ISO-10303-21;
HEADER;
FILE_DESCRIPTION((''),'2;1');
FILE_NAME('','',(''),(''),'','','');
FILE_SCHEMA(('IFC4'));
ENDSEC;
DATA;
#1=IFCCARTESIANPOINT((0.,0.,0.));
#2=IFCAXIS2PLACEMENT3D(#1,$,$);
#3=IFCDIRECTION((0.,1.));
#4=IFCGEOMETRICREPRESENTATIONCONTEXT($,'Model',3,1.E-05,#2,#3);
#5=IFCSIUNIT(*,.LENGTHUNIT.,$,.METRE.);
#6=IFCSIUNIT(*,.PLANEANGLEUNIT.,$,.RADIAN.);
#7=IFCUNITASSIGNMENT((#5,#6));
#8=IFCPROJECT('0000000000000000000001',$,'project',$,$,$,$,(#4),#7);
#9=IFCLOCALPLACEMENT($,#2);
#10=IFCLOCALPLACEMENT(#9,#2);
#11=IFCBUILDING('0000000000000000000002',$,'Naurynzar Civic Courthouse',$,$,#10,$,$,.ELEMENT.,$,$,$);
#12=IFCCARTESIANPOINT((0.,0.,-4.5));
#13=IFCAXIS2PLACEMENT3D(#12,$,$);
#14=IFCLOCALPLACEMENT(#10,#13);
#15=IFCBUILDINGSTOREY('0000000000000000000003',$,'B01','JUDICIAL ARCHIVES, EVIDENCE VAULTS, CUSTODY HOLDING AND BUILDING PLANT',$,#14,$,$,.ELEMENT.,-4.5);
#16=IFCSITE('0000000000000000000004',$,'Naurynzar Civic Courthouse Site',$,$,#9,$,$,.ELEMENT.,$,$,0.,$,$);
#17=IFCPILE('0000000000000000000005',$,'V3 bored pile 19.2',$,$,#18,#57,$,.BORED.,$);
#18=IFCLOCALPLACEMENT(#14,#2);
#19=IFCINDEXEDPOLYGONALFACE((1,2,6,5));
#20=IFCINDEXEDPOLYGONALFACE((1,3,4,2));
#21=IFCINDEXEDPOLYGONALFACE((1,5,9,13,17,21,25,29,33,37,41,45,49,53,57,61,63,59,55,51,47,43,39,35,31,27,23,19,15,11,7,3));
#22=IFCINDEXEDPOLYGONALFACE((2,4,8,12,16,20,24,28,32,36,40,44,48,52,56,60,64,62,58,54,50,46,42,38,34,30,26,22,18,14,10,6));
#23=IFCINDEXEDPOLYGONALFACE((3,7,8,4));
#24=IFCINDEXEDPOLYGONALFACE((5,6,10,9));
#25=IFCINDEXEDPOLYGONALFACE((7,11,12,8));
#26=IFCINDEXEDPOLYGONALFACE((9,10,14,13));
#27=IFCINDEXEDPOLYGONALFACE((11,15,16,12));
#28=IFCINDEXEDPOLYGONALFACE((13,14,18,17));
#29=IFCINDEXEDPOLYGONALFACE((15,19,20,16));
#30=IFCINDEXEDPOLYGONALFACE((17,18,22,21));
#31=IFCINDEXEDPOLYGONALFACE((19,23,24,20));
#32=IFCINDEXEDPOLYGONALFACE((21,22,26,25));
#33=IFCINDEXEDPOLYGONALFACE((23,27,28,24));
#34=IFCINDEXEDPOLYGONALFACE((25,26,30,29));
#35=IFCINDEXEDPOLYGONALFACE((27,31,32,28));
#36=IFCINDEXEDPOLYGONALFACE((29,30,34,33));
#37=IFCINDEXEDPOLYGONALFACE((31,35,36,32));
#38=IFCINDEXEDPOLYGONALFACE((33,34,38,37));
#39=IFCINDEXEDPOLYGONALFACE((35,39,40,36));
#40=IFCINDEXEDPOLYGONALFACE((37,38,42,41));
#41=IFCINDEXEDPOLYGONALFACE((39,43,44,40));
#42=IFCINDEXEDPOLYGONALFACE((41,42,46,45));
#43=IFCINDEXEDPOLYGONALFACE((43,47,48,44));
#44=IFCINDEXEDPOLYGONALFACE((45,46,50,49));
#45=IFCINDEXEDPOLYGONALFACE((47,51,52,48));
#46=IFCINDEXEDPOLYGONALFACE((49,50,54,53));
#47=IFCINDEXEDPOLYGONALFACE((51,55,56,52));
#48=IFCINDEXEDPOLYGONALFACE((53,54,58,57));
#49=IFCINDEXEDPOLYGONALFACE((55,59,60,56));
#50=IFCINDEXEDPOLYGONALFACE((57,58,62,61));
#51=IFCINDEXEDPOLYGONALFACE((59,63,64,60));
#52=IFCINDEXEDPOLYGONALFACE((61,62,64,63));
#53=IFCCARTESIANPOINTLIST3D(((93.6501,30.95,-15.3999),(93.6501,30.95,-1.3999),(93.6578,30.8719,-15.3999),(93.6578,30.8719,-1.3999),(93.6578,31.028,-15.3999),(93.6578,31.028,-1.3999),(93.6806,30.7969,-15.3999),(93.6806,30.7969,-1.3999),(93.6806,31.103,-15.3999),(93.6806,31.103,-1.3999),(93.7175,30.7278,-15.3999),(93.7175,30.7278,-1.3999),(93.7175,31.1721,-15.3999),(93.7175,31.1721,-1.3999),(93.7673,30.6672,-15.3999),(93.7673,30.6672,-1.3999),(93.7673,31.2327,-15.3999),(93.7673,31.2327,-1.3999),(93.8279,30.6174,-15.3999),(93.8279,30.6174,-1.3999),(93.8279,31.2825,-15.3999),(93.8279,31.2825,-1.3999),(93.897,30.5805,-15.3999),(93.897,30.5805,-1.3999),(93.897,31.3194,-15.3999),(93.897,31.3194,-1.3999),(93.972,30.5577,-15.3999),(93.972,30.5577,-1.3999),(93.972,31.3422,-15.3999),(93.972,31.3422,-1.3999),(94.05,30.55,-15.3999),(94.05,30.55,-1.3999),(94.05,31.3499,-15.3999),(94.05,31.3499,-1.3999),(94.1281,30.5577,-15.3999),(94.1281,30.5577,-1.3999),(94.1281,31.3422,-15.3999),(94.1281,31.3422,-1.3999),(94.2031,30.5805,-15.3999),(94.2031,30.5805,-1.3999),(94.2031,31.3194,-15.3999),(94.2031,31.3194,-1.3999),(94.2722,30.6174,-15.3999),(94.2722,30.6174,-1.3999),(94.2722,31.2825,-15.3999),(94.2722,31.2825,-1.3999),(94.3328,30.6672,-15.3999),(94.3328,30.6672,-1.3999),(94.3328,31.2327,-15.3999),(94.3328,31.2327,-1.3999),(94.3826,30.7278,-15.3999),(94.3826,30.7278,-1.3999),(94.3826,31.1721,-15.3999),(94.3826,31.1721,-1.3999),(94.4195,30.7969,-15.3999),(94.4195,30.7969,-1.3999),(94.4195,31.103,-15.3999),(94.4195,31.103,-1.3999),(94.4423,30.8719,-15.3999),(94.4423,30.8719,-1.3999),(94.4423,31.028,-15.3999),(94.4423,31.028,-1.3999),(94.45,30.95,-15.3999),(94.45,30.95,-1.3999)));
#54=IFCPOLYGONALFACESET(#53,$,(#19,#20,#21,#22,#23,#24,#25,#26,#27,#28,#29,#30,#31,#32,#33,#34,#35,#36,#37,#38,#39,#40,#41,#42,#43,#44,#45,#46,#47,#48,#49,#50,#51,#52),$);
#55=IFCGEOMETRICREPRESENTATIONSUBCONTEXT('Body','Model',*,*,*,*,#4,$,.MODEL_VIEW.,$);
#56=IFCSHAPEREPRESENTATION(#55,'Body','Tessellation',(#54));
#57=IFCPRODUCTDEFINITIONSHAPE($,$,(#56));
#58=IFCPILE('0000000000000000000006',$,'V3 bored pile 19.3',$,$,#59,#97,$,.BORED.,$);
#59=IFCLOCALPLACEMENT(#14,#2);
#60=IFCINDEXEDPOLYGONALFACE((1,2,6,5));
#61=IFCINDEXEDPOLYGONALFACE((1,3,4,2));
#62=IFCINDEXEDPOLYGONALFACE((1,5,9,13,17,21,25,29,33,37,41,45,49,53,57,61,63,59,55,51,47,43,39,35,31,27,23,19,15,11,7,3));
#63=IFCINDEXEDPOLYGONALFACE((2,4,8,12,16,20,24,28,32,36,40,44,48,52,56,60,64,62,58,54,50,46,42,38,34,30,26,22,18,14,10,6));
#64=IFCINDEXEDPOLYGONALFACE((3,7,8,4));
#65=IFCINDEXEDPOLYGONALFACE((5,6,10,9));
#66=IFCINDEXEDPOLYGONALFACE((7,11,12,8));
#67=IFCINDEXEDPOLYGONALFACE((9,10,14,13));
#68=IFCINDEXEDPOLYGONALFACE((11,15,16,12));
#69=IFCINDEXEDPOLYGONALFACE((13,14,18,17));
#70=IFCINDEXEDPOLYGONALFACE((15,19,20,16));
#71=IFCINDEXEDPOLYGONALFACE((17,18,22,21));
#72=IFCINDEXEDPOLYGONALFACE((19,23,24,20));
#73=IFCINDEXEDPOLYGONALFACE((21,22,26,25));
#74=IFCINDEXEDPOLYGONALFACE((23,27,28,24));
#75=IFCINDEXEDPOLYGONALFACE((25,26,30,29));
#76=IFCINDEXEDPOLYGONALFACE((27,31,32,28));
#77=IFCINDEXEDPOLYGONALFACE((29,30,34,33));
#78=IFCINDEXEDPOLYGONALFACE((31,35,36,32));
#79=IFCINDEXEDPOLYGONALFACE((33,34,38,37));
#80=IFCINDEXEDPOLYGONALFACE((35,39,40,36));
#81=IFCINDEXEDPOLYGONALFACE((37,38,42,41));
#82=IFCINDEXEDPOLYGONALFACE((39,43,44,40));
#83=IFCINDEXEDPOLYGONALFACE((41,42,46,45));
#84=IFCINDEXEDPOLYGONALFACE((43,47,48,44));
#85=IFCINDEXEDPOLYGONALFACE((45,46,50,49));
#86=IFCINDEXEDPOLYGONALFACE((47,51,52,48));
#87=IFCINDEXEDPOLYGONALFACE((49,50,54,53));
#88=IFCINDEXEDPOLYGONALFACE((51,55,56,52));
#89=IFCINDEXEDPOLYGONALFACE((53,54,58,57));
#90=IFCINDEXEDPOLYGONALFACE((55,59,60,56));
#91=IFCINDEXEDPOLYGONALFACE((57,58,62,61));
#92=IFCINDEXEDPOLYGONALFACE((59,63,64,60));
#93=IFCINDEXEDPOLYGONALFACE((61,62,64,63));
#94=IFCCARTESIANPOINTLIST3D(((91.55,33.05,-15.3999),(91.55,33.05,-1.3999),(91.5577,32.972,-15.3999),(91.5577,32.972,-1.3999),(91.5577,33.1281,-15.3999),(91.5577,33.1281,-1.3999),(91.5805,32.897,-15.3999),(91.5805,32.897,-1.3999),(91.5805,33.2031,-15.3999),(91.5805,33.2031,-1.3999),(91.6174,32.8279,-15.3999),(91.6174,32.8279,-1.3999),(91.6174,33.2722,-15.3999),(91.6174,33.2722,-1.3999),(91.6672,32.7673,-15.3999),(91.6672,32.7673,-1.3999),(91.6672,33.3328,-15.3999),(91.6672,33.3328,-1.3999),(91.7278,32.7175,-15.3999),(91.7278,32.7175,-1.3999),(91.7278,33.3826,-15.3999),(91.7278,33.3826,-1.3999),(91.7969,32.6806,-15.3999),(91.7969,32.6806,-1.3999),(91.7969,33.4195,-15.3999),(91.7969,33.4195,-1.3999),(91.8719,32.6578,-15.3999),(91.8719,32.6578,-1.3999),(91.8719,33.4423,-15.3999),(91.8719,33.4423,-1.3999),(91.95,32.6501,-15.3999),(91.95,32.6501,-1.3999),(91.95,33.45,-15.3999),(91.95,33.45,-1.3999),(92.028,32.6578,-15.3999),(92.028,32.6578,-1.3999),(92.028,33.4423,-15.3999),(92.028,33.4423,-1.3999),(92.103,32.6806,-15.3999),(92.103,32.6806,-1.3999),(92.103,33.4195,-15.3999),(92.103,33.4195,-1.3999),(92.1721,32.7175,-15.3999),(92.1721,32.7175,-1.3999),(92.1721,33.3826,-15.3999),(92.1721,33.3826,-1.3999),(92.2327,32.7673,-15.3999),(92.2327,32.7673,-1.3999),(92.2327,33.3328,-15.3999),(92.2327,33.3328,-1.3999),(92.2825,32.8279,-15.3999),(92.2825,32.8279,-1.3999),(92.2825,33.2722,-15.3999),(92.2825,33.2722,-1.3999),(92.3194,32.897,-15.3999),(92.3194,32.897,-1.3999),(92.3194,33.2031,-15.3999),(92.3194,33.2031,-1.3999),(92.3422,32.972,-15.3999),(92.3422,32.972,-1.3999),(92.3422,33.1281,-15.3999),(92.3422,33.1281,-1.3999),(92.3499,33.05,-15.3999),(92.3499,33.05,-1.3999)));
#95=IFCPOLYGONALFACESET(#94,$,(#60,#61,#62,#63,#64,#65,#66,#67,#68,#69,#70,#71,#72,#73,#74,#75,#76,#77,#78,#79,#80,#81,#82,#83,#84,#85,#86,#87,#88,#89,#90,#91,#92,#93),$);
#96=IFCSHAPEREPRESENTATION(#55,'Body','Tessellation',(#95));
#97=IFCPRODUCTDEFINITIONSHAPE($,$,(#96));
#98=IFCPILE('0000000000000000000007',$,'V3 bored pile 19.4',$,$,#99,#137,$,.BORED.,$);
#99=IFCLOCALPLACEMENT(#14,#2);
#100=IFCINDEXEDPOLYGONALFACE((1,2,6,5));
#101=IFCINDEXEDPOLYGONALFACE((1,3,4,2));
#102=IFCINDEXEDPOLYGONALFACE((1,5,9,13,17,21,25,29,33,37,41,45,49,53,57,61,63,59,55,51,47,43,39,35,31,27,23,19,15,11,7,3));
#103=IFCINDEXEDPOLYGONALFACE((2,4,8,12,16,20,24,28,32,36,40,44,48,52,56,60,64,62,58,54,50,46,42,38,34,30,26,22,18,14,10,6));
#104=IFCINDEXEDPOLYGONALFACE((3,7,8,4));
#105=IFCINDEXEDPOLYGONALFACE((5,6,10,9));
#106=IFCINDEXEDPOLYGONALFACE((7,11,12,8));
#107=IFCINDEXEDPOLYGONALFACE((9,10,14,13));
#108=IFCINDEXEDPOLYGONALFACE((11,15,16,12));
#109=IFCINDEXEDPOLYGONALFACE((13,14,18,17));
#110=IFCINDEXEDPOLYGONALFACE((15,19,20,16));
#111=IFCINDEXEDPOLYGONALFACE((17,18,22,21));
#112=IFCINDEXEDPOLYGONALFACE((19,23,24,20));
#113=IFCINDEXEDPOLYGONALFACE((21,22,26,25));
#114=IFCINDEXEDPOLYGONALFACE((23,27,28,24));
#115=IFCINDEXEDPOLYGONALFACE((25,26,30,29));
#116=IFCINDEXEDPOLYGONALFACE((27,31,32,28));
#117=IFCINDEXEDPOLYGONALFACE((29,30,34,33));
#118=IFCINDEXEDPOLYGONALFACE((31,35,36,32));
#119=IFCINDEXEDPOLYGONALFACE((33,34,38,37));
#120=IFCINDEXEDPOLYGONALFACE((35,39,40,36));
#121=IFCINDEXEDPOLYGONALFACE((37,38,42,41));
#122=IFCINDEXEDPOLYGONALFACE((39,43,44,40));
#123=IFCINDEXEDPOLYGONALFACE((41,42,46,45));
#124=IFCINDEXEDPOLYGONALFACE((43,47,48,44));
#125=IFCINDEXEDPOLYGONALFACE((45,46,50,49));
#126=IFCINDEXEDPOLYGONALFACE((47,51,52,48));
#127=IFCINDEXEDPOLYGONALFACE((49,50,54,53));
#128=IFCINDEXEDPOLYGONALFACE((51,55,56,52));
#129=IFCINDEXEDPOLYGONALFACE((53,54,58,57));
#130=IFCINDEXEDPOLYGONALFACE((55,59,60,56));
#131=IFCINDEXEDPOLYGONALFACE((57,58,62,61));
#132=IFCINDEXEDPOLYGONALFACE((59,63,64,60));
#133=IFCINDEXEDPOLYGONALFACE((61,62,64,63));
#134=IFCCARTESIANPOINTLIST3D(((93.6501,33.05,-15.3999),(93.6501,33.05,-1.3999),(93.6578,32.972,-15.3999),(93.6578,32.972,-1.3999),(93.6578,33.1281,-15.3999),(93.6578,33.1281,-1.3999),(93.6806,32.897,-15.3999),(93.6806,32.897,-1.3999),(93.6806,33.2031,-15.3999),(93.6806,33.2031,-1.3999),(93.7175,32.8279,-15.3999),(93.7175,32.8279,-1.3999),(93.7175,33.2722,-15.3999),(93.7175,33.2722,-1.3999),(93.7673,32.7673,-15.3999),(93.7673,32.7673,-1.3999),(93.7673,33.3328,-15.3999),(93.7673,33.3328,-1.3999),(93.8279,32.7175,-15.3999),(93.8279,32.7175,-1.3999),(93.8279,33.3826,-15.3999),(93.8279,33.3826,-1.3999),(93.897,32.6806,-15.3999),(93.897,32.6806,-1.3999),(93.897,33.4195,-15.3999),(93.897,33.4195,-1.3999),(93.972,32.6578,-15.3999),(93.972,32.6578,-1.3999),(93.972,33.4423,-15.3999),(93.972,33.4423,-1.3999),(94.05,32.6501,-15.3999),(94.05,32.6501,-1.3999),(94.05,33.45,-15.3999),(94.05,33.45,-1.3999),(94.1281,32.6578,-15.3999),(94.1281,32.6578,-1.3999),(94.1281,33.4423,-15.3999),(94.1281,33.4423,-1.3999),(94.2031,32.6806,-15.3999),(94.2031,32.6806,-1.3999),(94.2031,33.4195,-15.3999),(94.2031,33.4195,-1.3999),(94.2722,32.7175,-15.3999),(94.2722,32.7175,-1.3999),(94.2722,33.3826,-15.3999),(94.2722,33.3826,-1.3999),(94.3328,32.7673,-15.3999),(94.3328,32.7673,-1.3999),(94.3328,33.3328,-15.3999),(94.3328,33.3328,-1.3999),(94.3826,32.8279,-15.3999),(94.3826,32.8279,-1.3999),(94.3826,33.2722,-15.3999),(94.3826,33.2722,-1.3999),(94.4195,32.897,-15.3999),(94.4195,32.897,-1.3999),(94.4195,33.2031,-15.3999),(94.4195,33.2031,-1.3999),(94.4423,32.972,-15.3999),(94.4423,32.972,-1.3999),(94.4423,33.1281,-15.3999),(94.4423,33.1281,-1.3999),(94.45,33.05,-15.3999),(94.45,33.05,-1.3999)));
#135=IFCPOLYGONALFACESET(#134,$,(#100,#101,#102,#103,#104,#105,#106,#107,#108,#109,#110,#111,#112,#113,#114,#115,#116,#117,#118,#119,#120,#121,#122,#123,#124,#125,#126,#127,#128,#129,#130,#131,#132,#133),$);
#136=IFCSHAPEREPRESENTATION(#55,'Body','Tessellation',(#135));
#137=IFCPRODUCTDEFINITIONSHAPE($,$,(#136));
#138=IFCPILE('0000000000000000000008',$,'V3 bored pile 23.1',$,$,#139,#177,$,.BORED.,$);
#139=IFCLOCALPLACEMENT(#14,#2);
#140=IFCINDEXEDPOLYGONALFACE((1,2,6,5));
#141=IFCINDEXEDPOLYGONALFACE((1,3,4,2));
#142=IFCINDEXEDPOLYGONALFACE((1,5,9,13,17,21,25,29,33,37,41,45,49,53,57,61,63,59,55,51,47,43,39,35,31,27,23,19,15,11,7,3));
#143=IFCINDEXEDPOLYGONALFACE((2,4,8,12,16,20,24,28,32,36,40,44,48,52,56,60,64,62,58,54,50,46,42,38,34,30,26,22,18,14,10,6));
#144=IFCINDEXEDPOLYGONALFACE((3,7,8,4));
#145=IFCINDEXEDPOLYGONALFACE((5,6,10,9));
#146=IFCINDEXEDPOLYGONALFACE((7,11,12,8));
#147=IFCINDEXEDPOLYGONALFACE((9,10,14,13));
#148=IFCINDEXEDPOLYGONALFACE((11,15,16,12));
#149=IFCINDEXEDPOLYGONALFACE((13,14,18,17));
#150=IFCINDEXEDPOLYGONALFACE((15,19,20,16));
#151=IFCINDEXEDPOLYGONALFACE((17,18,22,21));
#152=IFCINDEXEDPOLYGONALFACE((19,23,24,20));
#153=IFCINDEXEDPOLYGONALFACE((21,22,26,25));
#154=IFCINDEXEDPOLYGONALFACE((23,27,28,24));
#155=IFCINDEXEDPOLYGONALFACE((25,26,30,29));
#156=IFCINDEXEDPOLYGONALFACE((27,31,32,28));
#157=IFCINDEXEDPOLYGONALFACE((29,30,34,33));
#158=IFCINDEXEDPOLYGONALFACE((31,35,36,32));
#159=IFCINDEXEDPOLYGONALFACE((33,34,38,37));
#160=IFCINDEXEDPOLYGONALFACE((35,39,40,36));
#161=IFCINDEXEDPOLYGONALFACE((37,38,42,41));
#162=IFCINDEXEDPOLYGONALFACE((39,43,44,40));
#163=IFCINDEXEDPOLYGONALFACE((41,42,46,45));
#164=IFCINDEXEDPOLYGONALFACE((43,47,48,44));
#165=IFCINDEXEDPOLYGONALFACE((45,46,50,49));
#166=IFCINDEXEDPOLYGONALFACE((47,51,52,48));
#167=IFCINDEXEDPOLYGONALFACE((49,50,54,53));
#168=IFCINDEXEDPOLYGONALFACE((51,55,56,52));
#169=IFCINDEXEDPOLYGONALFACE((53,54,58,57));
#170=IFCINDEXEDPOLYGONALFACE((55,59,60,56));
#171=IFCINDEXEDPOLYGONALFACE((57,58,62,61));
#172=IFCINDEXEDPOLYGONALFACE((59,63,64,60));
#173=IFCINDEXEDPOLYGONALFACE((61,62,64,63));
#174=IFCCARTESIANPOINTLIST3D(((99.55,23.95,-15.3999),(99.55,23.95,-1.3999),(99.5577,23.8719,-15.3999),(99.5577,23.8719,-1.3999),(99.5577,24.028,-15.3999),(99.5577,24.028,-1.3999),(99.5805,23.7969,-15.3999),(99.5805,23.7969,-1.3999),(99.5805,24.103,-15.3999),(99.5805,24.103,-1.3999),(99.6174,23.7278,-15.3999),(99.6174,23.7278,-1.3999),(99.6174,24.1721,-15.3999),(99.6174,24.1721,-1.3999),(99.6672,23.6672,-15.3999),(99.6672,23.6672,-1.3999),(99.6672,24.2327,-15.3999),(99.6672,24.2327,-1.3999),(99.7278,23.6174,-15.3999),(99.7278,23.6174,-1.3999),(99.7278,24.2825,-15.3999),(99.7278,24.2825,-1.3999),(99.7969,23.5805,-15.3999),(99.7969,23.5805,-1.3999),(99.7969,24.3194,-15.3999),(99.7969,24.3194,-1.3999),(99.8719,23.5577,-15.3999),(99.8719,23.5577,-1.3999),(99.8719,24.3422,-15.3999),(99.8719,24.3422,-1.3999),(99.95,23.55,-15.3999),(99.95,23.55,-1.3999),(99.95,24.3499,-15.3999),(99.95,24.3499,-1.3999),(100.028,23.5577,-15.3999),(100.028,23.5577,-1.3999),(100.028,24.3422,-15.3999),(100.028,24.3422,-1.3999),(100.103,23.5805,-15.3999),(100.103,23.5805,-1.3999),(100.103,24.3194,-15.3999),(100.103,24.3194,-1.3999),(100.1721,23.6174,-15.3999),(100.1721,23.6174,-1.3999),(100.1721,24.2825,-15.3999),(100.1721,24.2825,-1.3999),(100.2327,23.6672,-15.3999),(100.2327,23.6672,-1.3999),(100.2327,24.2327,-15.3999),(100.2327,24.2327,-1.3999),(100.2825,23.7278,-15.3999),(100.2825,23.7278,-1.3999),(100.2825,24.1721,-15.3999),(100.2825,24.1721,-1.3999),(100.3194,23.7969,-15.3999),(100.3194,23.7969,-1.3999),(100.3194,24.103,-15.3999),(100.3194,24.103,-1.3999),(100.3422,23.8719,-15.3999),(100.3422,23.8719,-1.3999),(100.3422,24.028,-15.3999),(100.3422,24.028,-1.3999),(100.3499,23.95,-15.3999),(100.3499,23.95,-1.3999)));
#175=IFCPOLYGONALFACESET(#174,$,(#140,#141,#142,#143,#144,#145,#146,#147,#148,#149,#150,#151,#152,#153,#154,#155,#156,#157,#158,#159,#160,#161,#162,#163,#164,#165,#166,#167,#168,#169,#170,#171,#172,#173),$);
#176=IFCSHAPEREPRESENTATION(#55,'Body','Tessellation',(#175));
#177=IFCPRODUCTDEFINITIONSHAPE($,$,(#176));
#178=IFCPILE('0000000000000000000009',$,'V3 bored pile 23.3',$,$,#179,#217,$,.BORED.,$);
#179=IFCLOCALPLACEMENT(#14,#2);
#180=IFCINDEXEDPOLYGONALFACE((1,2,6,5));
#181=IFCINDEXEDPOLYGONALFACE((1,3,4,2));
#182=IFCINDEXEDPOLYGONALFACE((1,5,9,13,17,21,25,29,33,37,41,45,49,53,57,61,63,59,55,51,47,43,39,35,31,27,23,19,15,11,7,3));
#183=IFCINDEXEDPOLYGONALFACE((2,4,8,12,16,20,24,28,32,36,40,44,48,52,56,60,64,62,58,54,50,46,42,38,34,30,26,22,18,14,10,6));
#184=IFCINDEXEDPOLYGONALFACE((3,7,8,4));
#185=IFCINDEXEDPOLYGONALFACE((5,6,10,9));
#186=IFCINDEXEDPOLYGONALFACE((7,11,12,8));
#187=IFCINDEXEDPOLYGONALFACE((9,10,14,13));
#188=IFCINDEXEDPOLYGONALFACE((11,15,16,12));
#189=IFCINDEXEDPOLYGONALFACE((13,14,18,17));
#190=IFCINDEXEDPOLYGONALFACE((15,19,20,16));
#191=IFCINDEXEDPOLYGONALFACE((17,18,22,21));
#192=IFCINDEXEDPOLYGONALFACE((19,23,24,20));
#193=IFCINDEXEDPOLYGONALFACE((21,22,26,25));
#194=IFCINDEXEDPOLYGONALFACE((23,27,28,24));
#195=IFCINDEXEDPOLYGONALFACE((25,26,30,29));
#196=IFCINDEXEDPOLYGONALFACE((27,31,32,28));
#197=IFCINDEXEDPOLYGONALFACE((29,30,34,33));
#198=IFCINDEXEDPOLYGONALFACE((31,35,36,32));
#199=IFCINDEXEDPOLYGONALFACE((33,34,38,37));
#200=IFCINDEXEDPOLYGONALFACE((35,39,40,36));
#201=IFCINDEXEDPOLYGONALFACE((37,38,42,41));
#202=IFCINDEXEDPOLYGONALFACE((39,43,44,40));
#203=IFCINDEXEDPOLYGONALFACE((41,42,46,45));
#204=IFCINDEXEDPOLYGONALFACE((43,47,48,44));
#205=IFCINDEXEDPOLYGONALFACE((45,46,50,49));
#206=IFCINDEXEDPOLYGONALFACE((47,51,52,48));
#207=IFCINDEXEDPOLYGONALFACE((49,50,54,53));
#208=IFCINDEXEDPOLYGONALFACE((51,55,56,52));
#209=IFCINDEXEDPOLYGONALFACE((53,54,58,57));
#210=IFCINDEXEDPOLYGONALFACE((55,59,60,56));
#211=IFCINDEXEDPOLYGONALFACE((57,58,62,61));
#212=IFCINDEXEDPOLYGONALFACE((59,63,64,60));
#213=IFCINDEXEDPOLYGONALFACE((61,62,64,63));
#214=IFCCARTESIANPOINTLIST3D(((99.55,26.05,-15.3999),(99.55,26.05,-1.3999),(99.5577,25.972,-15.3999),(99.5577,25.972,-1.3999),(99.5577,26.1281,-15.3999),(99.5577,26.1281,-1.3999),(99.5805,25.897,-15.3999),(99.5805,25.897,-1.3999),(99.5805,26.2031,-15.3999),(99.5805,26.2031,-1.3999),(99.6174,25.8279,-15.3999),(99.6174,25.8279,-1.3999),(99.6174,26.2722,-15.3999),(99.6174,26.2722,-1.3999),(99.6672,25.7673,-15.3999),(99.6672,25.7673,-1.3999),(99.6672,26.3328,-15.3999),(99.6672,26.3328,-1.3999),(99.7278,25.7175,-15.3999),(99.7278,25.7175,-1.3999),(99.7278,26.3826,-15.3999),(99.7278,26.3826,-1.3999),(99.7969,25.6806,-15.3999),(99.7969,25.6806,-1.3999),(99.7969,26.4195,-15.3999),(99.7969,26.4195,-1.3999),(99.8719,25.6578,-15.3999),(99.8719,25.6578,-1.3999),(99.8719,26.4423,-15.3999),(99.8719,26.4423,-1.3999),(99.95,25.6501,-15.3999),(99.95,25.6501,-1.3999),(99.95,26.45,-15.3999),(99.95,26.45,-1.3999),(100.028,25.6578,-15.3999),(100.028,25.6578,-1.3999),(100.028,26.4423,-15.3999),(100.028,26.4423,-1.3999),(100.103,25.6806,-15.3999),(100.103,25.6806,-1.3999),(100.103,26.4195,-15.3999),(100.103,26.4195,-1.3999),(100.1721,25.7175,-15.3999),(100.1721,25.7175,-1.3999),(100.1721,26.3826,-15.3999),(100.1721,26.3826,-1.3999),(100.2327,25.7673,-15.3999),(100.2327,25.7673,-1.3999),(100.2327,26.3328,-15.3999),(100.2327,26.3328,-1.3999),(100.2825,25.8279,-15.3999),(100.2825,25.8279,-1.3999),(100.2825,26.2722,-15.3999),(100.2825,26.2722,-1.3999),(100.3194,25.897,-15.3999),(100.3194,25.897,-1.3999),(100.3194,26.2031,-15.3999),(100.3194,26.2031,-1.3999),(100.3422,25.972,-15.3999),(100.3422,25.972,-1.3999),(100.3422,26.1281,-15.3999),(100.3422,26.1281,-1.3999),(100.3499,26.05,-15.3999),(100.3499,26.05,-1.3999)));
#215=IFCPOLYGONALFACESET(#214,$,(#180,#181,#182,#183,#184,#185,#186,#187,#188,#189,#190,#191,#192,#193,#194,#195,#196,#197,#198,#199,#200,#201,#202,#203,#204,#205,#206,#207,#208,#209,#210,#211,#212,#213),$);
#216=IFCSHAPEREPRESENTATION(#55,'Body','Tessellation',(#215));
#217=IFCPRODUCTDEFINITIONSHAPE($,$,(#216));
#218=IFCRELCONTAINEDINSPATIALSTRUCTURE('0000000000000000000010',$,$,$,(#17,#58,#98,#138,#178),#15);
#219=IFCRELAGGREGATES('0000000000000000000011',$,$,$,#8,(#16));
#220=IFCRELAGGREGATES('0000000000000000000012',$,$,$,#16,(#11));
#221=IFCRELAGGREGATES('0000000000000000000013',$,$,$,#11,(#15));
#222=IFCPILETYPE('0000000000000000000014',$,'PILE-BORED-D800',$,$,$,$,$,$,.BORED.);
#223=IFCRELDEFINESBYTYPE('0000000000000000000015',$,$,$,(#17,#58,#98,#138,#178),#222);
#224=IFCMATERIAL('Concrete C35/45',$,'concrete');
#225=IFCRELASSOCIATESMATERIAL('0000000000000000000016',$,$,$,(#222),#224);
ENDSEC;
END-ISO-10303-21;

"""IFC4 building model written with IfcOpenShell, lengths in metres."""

from ifc_helpers import new_model, si_unit, direction, frame, origin, origin_2d, place, context, subcontext, project, spatial, circle, extrude, material, material_profile, profile_set, type_object, element, save


model = new_model("IFC4")

# Units and contexts
model_context = context("Model", 3, precision=1e-05, world=origin(), true_north=direction((0.0, 1.0)))
body_context = subcontext(model_context, "Body", "Model", "MODEL_VIEW")
ifc_project = project(units=[si_unit("LENGTHUNIT", "METRE"), si_unit("PLANEANGLEUNIT", "RADIAN")], contexts=[model_context])

# Site, building, storey
site_placement = place(None, origin())
site = spatial("IfcSite", under=ifc_project, at=site_placement, Name="Naurynzar Civic Courthouse Site", CompositionType="ELEMENT", RefElevation=0.0)
building_placement = place(site_placement, origin())
building = spatial("IfcBuilding", under=site, at=building_placement, Name="Naurynzar Civic Courthouse", CompositionType="ELEMENT")
storey_placement = place(building_placement, frame((0.0, 0.0, -4.5)))
storey = spatial("IfcBuildingStorey", under=building, at=storey_placement, Name="B01", Description="JUDICIAL ARCHIVES, EVIDENCE VAULTS, CUSTODY HOLDING AND BUILDING PLANT", CompositionType="ELEMENT", Elevation=-4.5)

# Piles
ifc_material_1 = material(Name="Concrete C35/45", Category="concrete")
ifc_material_profile_1 = material_profile(ifc_material_1, circle(Radius=0.3999, at=origin_2d()), Name="PILE D800")
ifc_profile_set_1 = profile_set([ifc_material_profile_1], Name="Concrete C35/45")
pile_type = type_object("IfcPileType", Name="PILE-BORED-D800", PredefinedType="BORED", material=ifc_profile_set_1)
for number, where, z_axis, x_axis, name in (
    (1, (94.05, 30.95, -1.3999), (0.0, 0.0, -1.0), (1.0, 0.0, 0.0), "V3 bored pile 19.2"),
    (2, (91.95, 33.05, -1.3999), (0.0, 0.0, -1.0), (1.0, 0.0, 0.0), "V3 bored pile 19.3"),
    (3, (94.05, 33.05, -1.3999), (0.0, 0.0, -1.0), (1.0, 0.0, 0.0), "V3 bored pile 19.4"),
    (4, (99.95, 23.95, -1.3999), (0.0, 0.0, -1.0), (1.0, 0.0, 0.0), "V3 bored pile 23.1"),
    (5, (99.95, 26.05, -1.3999), (0.0, 0.0, -1.0), (1.0, 0.0, 0.0), "V3 bored pile 23.3"),
):
    element("IfcPile", number, at=place(storey_placement, frame(where, z_axis=z_axis, x_axis=x_axis)), inside=storey, type_object=pile_type, Name=name, PredefinedType="BORED", context=body_context, shape_type="SweptSolid", body=[
        extrude(circle(Radius=0.3999, at=origin_2d()), origin(), (0.0, 0.0, 1.0), 14.0),
    ])

save(model, "model.ifc")
